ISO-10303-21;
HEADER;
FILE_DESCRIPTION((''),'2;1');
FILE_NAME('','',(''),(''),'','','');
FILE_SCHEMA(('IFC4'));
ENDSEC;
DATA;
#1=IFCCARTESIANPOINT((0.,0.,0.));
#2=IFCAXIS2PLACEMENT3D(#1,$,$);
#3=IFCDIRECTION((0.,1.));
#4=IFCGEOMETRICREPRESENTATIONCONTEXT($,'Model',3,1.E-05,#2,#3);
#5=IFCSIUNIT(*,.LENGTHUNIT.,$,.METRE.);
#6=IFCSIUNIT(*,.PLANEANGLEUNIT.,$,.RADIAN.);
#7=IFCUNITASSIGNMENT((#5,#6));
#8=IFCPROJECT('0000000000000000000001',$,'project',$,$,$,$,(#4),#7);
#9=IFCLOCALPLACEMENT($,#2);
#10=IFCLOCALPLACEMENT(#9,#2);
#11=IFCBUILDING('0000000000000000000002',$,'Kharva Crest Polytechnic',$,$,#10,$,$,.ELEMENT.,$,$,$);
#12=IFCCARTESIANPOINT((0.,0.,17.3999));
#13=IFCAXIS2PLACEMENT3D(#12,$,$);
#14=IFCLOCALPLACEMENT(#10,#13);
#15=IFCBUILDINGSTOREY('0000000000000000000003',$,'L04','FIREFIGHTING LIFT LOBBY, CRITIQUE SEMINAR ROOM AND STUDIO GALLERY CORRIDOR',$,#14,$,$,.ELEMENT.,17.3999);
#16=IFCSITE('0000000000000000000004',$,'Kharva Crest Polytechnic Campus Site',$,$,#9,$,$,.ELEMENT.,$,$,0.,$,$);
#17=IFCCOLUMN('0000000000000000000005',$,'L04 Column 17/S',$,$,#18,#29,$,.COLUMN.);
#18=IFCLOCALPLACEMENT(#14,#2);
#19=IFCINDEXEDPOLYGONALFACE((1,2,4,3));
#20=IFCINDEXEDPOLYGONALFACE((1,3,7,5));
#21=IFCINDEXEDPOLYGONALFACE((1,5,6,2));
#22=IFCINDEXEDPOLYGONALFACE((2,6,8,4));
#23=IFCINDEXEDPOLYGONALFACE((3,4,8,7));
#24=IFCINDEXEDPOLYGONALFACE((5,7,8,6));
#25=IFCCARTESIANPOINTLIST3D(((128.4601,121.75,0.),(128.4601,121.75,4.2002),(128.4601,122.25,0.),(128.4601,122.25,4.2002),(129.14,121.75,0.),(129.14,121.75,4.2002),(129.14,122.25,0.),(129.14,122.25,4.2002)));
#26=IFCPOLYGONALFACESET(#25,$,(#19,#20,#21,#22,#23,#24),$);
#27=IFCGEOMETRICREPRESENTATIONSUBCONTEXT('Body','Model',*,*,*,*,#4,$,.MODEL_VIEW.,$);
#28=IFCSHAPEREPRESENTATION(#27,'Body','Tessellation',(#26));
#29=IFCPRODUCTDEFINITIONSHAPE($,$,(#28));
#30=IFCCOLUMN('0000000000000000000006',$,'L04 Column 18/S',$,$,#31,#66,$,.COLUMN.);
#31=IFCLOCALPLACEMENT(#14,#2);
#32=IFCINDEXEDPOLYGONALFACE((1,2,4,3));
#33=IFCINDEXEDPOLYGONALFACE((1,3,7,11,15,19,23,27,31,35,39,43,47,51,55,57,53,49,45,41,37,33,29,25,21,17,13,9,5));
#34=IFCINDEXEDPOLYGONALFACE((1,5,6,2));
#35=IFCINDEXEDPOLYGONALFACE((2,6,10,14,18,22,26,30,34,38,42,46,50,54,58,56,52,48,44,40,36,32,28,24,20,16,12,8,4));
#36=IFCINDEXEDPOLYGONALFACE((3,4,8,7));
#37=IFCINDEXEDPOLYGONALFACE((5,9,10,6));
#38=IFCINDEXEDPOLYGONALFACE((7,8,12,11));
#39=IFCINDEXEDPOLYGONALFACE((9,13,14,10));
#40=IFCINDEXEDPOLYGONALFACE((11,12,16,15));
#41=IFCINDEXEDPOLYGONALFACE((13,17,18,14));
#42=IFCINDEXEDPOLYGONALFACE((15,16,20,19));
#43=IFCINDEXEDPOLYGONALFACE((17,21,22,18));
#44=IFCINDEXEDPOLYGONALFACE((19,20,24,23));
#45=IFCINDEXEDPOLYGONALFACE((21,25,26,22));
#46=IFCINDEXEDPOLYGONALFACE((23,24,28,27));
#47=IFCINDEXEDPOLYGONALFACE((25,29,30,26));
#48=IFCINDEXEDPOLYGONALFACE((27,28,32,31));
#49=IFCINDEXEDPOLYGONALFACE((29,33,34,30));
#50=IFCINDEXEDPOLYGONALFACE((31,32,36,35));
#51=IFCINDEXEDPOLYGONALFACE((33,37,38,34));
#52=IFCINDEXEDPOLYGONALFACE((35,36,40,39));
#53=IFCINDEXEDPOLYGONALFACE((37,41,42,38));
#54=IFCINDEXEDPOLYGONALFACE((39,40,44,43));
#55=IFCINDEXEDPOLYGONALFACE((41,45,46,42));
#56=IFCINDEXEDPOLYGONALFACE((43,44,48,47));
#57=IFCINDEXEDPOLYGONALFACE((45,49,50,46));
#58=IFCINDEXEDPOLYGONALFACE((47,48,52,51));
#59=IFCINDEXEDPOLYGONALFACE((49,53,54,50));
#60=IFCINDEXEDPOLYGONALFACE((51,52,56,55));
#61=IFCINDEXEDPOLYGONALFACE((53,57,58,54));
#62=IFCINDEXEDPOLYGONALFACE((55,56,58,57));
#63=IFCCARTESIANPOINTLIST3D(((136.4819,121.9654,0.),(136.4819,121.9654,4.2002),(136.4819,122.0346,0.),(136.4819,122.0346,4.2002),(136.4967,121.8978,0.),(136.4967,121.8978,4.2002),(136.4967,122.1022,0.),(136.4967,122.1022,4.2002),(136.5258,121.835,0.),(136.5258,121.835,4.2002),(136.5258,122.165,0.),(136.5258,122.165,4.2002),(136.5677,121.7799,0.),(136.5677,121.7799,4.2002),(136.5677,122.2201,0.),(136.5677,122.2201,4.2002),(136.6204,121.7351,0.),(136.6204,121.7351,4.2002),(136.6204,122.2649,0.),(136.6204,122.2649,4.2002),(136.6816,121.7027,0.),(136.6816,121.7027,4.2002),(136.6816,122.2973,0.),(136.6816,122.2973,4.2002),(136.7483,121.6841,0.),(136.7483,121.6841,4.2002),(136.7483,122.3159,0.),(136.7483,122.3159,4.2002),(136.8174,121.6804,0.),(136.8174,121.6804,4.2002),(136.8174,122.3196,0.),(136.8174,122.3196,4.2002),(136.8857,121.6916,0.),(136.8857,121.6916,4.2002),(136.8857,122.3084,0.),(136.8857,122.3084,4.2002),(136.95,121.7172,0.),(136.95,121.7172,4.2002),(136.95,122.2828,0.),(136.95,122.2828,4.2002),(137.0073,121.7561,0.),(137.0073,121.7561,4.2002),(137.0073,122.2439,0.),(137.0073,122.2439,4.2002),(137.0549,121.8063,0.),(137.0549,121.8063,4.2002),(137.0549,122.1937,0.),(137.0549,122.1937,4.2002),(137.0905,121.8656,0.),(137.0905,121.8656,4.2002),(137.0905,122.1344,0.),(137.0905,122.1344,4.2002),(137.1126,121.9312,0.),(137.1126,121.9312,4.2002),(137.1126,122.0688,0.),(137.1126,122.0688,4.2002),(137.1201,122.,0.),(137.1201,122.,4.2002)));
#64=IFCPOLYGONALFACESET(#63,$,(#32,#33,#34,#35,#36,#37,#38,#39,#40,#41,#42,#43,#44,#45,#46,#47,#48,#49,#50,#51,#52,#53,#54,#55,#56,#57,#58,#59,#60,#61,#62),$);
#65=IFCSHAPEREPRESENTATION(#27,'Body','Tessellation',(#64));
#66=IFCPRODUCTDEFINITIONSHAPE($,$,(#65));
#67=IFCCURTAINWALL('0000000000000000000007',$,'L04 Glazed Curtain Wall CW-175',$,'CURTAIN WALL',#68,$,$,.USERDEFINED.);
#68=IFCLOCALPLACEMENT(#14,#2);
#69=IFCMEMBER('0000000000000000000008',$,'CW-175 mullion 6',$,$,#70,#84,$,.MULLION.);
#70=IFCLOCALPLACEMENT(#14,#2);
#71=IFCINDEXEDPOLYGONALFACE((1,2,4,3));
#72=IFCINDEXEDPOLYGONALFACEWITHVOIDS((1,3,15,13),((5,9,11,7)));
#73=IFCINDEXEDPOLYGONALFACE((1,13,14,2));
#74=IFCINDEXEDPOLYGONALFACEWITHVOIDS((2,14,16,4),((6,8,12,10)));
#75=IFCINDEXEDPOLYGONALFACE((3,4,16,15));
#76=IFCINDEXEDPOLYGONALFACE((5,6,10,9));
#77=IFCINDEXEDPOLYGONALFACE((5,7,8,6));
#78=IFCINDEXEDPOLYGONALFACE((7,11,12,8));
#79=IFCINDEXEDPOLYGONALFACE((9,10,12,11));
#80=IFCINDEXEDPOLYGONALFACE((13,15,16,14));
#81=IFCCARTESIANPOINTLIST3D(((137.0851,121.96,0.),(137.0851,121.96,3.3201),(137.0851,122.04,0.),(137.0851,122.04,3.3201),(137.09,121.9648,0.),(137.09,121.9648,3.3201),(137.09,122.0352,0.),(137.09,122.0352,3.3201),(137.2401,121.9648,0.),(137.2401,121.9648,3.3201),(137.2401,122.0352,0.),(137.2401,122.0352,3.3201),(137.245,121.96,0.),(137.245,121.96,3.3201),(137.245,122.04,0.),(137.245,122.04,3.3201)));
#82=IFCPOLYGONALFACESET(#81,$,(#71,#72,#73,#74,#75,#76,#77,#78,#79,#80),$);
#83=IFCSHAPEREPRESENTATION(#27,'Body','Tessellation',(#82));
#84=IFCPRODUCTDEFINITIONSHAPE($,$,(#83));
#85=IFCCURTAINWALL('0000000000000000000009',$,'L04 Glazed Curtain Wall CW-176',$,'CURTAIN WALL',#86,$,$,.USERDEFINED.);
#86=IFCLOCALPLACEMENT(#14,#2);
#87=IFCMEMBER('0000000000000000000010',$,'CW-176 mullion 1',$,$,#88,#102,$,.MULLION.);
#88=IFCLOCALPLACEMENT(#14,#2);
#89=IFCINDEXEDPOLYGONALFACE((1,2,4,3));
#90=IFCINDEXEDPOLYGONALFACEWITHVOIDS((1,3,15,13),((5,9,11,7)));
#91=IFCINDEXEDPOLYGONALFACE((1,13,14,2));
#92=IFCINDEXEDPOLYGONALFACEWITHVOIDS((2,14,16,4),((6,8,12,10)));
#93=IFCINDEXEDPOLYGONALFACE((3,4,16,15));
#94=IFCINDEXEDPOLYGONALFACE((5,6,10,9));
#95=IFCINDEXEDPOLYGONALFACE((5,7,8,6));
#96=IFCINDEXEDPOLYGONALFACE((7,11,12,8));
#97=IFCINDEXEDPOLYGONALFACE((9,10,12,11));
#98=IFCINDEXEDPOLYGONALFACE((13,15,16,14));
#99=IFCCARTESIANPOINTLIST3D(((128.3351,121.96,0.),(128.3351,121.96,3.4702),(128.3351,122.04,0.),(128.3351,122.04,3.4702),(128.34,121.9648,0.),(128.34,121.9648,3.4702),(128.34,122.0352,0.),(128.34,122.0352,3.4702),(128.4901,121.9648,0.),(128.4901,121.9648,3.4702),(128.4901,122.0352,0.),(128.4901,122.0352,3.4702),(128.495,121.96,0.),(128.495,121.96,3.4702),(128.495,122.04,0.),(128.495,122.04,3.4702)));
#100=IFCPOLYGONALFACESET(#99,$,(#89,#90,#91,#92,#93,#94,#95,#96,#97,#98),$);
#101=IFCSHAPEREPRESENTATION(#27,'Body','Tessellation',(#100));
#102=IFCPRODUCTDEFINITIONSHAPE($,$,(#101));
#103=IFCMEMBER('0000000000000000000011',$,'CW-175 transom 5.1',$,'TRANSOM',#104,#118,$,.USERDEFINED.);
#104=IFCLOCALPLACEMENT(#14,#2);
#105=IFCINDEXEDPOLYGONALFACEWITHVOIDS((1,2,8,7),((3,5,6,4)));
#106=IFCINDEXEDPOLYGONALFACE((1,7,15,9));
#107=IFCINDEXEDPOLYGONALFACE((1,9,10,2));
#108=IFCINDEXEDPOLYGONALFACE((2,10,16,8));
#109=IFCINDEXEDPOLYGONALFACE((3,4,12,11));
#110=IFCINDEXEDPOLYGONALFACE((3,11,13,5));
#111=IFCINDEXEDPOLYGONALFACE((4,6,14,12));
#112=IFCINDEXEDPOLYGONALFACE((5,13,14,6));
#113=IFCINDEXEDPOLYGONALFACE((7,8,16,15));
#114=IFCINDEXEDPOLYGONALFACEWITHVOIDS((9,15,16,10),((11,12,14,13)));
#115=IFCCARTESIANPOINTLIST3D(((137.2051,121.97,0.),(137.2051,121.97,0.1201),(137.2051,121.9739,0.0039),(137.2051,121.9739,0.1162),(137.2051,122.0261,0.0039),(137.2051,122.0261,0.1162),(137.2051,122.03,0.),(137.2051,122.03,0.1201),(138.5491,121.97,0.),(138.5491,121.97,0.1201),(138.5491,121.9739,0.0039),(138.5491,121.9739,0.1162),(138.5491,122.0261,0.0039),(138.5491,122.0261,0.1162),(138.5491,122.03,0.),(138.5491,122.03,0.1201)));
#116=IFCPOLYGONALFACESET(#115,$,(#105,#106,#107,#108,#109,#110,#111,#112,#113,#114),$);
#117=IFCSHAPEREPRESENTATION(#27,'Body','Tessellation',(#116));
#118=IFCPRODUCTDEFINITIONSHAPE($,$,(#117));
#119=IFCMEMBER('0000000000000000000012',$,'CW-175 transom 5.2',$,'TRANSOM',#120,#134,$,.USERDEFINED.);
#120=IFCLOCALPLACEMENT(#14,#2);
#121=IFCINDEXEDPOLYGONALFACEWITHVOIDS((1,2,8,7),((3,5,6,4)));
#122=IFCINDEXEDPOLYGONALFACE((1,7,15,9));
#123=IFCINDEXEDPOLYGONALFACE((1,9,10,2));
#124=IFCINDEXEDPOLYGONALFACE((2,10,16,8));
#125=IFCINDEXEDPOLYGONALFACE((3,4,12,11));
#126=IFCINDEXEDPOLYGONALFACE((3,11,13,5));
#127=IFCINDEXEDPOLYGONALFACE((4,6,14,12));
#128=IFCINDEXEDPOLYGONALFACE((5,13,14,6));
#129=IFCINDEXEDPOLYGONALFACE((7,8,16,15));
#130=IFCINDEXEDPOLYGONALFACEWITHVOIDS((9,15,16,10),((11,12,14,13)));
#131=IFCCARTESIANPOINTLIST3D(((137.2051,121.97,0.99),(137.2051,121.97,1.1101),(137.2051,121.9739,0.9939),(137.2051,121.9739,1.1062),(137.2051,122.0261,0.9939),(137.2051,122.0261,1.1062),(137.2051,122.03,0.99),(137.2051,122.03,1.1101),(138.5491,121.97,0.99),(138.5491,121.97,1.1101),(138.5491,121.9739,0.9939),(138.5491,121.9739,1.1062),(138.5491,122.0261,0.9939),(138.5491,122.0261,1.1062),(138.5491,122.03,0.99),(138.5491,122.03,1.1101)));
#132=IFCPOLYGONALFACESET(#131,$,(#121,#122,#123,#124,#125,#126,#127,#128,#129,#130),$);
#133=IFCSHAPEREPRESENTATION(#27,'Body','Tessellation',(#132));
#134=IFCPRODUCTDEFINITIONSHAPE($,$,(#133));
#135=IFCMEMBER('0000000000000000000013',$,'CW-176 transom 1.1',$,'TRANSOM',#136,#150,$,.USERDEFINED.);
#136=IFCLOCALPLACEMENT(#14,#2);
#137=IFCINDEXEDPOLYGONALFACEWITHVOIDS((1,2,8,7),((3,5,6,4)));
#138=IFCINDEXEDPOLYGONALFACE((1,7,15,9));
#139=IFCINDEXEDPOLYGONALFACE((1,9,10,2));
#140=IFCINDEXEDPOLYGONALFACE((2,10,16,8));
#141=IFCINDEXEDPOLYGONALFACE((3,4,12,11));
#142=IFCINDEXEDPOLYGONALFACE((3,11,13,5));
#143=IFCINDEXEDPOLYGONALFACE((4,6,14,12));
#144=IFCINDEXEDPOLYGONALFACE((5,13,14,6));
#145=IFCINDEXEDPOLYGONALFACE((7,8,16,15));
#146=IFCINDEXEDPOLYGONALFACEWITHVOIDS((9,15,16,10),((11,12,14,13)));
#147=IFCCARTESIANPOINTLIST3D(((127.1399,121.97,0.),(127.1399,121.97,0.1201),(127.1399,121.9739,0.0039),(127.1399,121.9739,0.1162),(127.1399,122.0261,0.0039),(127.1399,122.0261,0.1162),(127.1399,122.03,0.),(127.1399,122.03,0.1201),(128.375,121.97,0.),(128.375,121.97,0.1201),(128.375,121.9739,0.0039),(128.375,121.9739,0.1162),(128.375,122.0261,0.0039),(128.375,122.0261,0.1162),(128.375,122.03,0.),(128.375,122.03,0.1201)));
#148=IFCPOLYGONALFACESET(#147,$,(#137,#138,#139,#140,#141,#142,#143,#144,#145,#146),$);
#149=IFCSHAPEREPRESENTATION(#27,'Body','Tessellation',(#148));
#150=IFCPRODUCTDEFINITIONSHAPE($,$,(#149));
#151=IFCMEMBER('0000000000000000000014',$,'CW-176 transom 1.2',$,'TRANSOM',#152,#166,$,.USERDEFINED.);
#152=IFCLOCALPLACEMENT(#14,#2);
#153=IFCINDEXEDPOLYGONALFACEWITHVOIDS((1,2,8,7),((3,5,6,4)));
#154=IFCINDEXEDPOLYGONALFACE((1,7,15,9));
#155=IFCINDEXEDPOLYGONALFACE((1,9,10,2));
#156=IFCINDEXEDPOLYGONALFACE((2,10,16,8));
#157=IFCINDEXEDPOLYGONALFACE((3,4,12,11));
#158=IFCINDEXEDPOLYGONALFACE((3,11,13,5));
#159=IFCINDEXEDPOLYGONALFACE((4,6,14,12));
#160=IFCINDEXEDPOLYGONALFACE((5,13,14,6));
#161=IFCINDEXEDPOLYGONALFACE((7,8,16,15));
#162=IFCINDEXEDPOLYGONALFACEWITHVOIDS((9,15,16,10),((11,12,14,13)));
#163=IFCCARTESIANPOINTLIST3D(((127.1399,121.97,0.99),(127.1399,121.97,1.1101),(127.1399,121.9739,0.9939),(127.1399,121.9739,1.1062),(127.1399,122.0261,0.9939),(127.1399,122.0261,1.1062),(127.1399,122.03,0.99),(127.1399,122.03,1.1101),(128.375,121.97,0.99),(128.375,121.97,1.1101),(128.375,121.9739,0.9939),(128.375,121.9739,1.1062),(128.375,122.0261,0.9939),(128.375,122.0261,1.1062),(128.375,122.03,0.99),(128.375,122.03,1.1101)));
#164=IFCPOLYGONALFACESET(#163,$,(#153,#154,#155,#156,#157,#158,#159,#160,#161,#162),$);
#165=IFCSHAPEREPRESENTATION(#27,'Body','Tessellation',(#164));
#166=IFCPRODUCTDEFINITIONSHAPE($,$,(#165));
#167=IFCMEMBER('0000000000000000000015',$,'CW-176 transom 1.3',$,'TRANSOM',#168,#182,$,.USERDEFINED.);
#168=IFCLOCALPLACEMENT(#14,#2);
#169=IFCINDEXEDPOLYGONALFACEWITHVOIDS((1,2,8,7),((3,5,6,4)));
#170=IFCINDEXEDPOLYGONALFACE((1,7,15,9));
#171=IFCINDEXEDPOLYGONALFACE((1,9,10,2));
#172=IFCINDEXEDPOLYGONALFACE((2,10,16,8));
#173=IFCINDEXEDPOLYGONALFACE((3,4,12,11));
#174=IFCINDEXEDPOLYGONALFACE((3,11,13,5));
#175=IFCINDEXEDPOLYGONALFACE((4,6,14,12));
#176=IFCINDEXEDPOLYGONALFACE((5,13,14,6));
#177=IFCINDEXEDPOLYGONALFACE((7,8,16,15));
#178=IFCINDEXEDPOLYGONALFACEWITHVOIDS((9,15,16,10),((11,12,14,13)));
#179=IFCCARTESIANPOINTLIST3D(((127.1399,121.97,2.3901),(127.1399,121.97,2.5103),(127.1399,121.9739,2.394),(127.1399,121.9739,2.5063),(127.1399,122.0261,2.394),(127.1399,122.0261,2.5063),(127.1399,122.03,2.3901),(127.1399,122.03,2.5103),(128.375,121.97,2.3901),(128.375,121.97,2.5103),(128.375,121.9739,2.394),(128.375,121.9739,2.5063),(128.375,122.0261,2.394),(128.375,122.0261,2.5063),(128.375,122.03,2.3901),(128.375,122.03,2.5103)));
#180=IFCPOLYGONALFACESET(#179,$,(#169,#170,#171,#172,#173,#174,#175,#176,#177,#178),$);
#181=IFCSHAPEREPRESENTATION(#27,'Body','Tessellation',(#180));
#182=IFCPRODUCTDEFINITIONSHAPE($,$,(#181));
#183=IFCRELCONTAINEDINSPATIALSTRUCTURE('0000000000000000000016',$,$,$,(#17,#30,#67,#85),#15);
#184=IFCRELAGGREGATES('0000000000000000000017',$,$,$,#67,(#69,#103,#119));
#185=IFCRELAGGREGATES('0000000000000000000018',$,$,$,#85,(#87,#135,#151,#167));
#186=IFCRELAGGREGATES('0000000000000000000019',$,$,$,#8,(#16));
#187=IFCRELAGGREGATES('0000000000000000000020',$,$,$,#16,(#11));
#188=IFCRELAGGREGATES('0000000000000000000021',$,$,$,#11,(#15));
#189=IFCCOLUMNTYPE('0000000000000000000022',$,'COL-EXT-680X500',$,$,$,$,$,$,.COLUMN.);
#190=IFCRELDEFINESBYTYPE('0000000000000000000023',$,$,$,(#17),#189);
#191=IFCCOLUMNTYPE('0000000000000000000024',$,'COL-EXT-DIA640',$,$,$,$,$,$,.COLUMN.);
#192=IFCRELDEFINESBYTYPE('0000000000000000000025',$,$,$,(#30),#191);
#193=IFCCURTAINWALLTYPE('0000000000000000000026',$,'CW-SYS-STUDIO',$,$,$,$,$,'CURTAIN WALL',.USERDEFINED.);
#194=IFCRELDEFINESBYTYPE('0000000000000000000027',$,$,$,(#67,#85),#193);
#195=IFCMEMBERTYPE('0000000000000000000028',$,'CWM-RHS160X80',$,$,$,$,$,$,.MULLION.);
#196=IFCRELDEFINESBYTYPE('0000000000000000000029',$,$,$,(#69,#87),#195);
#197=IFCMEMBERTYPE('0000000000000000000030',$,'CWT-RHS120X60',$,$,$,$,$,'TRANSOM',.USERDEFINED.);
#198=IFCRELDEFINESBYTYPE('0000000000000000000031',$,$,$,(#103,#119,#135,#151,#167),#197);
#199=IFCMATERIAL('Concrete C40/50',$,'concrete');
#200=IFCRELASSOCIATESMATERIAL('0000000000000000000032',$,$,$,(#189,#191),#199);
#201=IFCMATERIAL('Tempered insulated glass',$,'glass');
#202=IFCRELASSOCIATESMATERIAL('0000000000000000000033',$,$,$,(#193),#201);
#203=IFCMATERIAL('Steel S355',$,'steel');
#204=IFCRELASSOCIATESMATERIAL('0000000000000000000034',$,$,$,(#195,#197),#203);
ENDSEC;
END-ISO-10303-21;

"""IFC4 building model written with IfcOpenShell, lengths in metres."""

from ifc_helpers import new_model, si_unit, direction, frame, origin, origin_2d, place, context, subcontext, project, spatial, rectangle, hollow_rectangle, circle, extrude, material, material_profile, profile_set, type_object, element, aggregate, save


model = new_model("IFC4")

# Units and contexts
model_context = context("Model", 3, precision=1e-05, world=origin(), true_north=direction((0.0, 1.0)))
body_context = subcontext(model_context, "Body", "Model", "MODEL_VIEW")
ifc_project = project(units=[si_unit("LENGTHUNIT", "METRE"), si_unit("PLANEANGLEUNIT", "RADIAN")], contexts=[model_context])

# Site, building, storey
site_placement = place(None, origin())
site = spatial("IfcSite", under=ifc_project, at=site_placement, Name="Kharva Crest Polytechnic Campus Site", CompositionType="ELEMENT", RefElevation=0.0)
building_placement = place(site_placement, origin())
building = spatial("IfcBuilding", under=site, at=building_placement, Name="Kharva Crest Polytechnic", CompositionType="ELEMENT")
storey_placement = place(building_placement, frame((0.0, 0.0, 17.3999)))
storey = spatial("IfcBuildingStorey", under=building, at=storey_placement, Name="L04", Description="FIREFIGHTING LIFT LOBBY, CRITIQUE SEMINAR ROOM AND STUDIO GALLERY CORRIDOR", CompositionType="ELEMENT", Elevation=17.3999)

# Columns
ifc_material_1 = material(Name="Concrete C40/50", Category="concrete")
ifc_material_profile_1 = material_profile(ifc_material_1, rectangle(XDim=0.6799, YDim=0.5, at=origin_2d()), Name="RECT 680 X 500")
ifc_profile_set_1 = profile_set([ifc_material_profile_1], Name="Concrete C40/50")
column_type_1 = type_object("IfcColumnType", Name="COL-EXT-680X500", PredefinedType="COLUMN", material=ifc_profile_set_1)
column_1_placement = place(storey_placement, frame((128.8, 122.0, 0.0), z_axis=(0.0, 0.0, 1.0), x_axis=(1.0, 0.0, 0.0)))
element("IfcColumn", 1, at=column_1_placement, inside=storey, type_object=column_type_1, Name="L04 Column 17/S", PredefinedType="COLUMN", context=body_context, shape_type="SweptSolid", body=[
    extrude(rectangle(XDim=0.6799, YDim=0.5, at=origin_2d()), origin(), (0.0, 0.0, 1.0), 4.2002),
])
ifc_material_profile_2 = material_profile(ifc_material_1, circle(Radius=0.3201, at=origin_2d()), Name="DIA 640")
ifc_profile_set_2 = profile_set([ifc_material_profile_2], Name="Concrete C40/50")
column_type_2 = type_object("IfcColumnType", Name="COL-EXT-DIA640", PredefinedType="COLUMN", material=ifc_profile_set_2)
column_2_placement = place(storey_placement, frame((136.8, 122.0, 0.0), z_axis=(0.0, 0.0, 1.0), x_axis=(1.0, 0.0, 0.0)))
element("IfcColumn", 2, at=column_2_placement, inside=storey, type_object=column_type_2, Name="L04 Column 18/S", PredefinedType="COLUMN", context=body_context, shape_type="SweptSolid", body=[
    extrude(circle(Radius=0.3201, at=origin_2d()), origin(), (0.0, 0.0, 1.0), 4.2002),
])

# Curtain walls, members
ifc_material_2 = material(Name="Tempered insulated glass", Category="glass")
curtain_wall_type = type_object("IfcCurtainWallType", Name="CW-SYS-STUDIO", ElementType="CURTAIN WALL", PredefinedType="USERDEFINED", material=ifc_material_2)
curtain_wall_1_placement = place(storey_placement, origin())
curtain_wall_1 = element("IfcCurtainWall", 3, at=curtain_wall_1_placement, inside=storey, type_object=curtain_wall_type, Name="L04 Glazed Curtain Wall CW-175", ObjectType="CURTAIN WALL", PredefinedType="USERDEFINED")
ifc_material_3 = material(Name="Steel S355", Category="steel")
ifc_material_profile_3 = material_profile(ifc_material_3, hollow_rectangle(XDim=0.0801, YDim=0.1599, WallThickness=0.0049, at=origin_2d()), Name="RHS 160X80X5.0")
ifc_profile_set_3 = profile_set([ifc_material_profile_3], Name="Steel S355")
member_type_1 = type_object("IfcMemberType", Name="CWM-RHS160X80", PredefinedType="MULLION", material=ifc_profile_set_3)
member_1_placement = place(storey_placement, frame((137.165, 122.0, 0.0), z_axis=(0.0, 0.0, 1.0), x_axis=(0.0, -1.0, 0.0)))
member_1 = element("IfcMember", 4, at=member_1_placement, type_object=member_type_1, Name="CW-175 mullion 6", PredefinedType="MULLION", context=body_context, shape_type="SweptSolid", body=[
    extrude(hollow_rectangle(XDim=0.0801, YDim=0.1599, WallThickness=0.0049, at=origin_2d()), origin(), (0.0, 0.0, 1.0), 3.3201),
])
curtain_wall_2_placement = place(storey_placement, origin())
curtain_wall_2 = element("IfcCurtainWall", 5, at=curtain_wall_2_placement, inside=storey, type_object=curtain_wall_type, Name="L04 Glazed Curtain Wall CW-176", ObjectType="CURTAIN WALL", PredefinedType="USERDEFINED")
member_2_placement = place(storey_placement, frame((128.415, 122.0, 0.0), z_axis=(0.0, 0.0, 1.0), x_axis=(0.0, -1.0, 0.0)))
member_2 = element("IfcMember", 6, at=member_2_placement, type_object=member_type_1, Name="CW-176 mullion 1", PredefinedType="MULLION", context=body_context, shape_type="SweptSolid", body=[
    extrude(hollow_rectangle(XDim=0.0801, YDim=0.1599, WallThickness=0.0049, at=origin_2d()), origin(), (0.0, 0.0, 1.0), 3.4702),
])

# Members
ifc_material_profile_4 = material_profile(ifc_material_3, hollow_rectangle(XDim=0.0601, YDim=0.1201, WallThickness=0.0039, at=origin_2d()), Name="RHS 120X60X4.0")
ifc_profile_set_4 = profile_set([ifc_material_profile_4], Name="Steel S355")
member_type_2 = type_object("IfcMemberType", Name="CWT-RHS120X60", ElementType="TRANSOM", PredefinedType="USERDEFINED", material=ifc_profile_set_4)
member_3_placement = place(storey_placement, frame((138.5491, 122.0, 0.0601), z_axis=(-1.0, 0.0, 0.0), x_axis=(0.0, -1.0, 0.0)))
member_3 = element("IfcMember", 7, at=member_3_placement, type_object=member_type_2, Name="CW-175 transom 5.1", ObjectType="TRANSOM", PredefinedType="USERDEFINED", context=body_context, shape_type="SweptSolid", body=[
    extrude(hollow_rectangle(XDim=0.0601, YDim=0.1201, WallThickness=0.0039, at=origin_2d()), origin(), (0.0, 0.0, 1.0), 1.344),
])
member_4_placement = place(storey_placement, frame((138.5491, 122.0, 1.05), z_axis=(-1.0, 0.0, 0.0), x_axis=(0.0, -1.0, 0.0)))
member_4 = element("IfcMember", 8, at=member_4_placement, type_object=member_type_2, Name="CW-175 transom 5.2", ObjectType="TRANSOM", PredefinedType="USERDEFINED", context=body_context, shape_type="SweptSolid", body=[
    extrude(hollow_rectangle(XDim=0.0601, YDim=0.1201, WallThickness=0.0039, at=origin_2d()), origin(), (0.0, 0.0, 1.0), 1.344),
])
member_5_placement = place(storey_placement, frame((128.375, 122.0, 0.0601), z_axis=(-1.0, 0.0, 0.0), x_axis=(0.0, -1.0, 0.0)))
member_5 = element("IfcMember", 9, at=member_5_placement, type_object=member_type_2, Name="CW-176 transom 1.1", ObjectType="TRANSOM", PredefinedType="USERDEFINED", context=body_context, shape_type="SweptSolid", body=[
    extrude(hollow_rectangle(XDim=0.0601, YDim=0.1201, WallThickness=0.0039, at=origin_2d()), origin(), (0.0, 0.0, 1.0), 1.2351),
])
member_6_placement = place(storey_placement, frame((128.375, 122.0, 1.05), z_axis=(-1.0, 0.0, 0.0), x_axis=(0.0, -1.0, 0.0)))
member_6 = element("IfcMember", 10, at=member_6_placement, type_object=member_type_2, Name="CW-176 transom 1.2", ObjectType="TRANSOM", PredefinedType="USERDEFINED", context=body_context, shape_type="SweptSolid", body=[
    extrude(hollow_rectangle(XDim=0.0601, YDim=0.1201, WallThickness=0.0039, at=origin_2d()), origin(), (0.0, 0.0, 1.0), 1.2351),
])
member_7_placement = place(storey_placement, frame((128.375, 122.0, 2.4502), z_axis=(-1.0, 0.0, 0.0), x_axis=(0.0, -1.0, 0.0)))
member_7 = element("IfcMember", 11, at=member_7_placement, type_object=member_type_2, Name="CW-176 transom 1.3", ObjectType="TRANSOM", PredefinedType="USERDEFINED", context=body_context, shape_type="SweptSolid", body=[
    extrude(hollow_rectangle(XDim=0.0601, YDim=0.1201, WallThickness=0.0039, at=origin_2d()), origin(), (0.0, 0.0, 1.0), 1.2351),
])

aggregate(curtain_wall_1, [member_1, member_3, member_4])
aggregate(curtain_wall_2, [member_2, member_5, member_6, member_7])

save(model, "model.ifc")
